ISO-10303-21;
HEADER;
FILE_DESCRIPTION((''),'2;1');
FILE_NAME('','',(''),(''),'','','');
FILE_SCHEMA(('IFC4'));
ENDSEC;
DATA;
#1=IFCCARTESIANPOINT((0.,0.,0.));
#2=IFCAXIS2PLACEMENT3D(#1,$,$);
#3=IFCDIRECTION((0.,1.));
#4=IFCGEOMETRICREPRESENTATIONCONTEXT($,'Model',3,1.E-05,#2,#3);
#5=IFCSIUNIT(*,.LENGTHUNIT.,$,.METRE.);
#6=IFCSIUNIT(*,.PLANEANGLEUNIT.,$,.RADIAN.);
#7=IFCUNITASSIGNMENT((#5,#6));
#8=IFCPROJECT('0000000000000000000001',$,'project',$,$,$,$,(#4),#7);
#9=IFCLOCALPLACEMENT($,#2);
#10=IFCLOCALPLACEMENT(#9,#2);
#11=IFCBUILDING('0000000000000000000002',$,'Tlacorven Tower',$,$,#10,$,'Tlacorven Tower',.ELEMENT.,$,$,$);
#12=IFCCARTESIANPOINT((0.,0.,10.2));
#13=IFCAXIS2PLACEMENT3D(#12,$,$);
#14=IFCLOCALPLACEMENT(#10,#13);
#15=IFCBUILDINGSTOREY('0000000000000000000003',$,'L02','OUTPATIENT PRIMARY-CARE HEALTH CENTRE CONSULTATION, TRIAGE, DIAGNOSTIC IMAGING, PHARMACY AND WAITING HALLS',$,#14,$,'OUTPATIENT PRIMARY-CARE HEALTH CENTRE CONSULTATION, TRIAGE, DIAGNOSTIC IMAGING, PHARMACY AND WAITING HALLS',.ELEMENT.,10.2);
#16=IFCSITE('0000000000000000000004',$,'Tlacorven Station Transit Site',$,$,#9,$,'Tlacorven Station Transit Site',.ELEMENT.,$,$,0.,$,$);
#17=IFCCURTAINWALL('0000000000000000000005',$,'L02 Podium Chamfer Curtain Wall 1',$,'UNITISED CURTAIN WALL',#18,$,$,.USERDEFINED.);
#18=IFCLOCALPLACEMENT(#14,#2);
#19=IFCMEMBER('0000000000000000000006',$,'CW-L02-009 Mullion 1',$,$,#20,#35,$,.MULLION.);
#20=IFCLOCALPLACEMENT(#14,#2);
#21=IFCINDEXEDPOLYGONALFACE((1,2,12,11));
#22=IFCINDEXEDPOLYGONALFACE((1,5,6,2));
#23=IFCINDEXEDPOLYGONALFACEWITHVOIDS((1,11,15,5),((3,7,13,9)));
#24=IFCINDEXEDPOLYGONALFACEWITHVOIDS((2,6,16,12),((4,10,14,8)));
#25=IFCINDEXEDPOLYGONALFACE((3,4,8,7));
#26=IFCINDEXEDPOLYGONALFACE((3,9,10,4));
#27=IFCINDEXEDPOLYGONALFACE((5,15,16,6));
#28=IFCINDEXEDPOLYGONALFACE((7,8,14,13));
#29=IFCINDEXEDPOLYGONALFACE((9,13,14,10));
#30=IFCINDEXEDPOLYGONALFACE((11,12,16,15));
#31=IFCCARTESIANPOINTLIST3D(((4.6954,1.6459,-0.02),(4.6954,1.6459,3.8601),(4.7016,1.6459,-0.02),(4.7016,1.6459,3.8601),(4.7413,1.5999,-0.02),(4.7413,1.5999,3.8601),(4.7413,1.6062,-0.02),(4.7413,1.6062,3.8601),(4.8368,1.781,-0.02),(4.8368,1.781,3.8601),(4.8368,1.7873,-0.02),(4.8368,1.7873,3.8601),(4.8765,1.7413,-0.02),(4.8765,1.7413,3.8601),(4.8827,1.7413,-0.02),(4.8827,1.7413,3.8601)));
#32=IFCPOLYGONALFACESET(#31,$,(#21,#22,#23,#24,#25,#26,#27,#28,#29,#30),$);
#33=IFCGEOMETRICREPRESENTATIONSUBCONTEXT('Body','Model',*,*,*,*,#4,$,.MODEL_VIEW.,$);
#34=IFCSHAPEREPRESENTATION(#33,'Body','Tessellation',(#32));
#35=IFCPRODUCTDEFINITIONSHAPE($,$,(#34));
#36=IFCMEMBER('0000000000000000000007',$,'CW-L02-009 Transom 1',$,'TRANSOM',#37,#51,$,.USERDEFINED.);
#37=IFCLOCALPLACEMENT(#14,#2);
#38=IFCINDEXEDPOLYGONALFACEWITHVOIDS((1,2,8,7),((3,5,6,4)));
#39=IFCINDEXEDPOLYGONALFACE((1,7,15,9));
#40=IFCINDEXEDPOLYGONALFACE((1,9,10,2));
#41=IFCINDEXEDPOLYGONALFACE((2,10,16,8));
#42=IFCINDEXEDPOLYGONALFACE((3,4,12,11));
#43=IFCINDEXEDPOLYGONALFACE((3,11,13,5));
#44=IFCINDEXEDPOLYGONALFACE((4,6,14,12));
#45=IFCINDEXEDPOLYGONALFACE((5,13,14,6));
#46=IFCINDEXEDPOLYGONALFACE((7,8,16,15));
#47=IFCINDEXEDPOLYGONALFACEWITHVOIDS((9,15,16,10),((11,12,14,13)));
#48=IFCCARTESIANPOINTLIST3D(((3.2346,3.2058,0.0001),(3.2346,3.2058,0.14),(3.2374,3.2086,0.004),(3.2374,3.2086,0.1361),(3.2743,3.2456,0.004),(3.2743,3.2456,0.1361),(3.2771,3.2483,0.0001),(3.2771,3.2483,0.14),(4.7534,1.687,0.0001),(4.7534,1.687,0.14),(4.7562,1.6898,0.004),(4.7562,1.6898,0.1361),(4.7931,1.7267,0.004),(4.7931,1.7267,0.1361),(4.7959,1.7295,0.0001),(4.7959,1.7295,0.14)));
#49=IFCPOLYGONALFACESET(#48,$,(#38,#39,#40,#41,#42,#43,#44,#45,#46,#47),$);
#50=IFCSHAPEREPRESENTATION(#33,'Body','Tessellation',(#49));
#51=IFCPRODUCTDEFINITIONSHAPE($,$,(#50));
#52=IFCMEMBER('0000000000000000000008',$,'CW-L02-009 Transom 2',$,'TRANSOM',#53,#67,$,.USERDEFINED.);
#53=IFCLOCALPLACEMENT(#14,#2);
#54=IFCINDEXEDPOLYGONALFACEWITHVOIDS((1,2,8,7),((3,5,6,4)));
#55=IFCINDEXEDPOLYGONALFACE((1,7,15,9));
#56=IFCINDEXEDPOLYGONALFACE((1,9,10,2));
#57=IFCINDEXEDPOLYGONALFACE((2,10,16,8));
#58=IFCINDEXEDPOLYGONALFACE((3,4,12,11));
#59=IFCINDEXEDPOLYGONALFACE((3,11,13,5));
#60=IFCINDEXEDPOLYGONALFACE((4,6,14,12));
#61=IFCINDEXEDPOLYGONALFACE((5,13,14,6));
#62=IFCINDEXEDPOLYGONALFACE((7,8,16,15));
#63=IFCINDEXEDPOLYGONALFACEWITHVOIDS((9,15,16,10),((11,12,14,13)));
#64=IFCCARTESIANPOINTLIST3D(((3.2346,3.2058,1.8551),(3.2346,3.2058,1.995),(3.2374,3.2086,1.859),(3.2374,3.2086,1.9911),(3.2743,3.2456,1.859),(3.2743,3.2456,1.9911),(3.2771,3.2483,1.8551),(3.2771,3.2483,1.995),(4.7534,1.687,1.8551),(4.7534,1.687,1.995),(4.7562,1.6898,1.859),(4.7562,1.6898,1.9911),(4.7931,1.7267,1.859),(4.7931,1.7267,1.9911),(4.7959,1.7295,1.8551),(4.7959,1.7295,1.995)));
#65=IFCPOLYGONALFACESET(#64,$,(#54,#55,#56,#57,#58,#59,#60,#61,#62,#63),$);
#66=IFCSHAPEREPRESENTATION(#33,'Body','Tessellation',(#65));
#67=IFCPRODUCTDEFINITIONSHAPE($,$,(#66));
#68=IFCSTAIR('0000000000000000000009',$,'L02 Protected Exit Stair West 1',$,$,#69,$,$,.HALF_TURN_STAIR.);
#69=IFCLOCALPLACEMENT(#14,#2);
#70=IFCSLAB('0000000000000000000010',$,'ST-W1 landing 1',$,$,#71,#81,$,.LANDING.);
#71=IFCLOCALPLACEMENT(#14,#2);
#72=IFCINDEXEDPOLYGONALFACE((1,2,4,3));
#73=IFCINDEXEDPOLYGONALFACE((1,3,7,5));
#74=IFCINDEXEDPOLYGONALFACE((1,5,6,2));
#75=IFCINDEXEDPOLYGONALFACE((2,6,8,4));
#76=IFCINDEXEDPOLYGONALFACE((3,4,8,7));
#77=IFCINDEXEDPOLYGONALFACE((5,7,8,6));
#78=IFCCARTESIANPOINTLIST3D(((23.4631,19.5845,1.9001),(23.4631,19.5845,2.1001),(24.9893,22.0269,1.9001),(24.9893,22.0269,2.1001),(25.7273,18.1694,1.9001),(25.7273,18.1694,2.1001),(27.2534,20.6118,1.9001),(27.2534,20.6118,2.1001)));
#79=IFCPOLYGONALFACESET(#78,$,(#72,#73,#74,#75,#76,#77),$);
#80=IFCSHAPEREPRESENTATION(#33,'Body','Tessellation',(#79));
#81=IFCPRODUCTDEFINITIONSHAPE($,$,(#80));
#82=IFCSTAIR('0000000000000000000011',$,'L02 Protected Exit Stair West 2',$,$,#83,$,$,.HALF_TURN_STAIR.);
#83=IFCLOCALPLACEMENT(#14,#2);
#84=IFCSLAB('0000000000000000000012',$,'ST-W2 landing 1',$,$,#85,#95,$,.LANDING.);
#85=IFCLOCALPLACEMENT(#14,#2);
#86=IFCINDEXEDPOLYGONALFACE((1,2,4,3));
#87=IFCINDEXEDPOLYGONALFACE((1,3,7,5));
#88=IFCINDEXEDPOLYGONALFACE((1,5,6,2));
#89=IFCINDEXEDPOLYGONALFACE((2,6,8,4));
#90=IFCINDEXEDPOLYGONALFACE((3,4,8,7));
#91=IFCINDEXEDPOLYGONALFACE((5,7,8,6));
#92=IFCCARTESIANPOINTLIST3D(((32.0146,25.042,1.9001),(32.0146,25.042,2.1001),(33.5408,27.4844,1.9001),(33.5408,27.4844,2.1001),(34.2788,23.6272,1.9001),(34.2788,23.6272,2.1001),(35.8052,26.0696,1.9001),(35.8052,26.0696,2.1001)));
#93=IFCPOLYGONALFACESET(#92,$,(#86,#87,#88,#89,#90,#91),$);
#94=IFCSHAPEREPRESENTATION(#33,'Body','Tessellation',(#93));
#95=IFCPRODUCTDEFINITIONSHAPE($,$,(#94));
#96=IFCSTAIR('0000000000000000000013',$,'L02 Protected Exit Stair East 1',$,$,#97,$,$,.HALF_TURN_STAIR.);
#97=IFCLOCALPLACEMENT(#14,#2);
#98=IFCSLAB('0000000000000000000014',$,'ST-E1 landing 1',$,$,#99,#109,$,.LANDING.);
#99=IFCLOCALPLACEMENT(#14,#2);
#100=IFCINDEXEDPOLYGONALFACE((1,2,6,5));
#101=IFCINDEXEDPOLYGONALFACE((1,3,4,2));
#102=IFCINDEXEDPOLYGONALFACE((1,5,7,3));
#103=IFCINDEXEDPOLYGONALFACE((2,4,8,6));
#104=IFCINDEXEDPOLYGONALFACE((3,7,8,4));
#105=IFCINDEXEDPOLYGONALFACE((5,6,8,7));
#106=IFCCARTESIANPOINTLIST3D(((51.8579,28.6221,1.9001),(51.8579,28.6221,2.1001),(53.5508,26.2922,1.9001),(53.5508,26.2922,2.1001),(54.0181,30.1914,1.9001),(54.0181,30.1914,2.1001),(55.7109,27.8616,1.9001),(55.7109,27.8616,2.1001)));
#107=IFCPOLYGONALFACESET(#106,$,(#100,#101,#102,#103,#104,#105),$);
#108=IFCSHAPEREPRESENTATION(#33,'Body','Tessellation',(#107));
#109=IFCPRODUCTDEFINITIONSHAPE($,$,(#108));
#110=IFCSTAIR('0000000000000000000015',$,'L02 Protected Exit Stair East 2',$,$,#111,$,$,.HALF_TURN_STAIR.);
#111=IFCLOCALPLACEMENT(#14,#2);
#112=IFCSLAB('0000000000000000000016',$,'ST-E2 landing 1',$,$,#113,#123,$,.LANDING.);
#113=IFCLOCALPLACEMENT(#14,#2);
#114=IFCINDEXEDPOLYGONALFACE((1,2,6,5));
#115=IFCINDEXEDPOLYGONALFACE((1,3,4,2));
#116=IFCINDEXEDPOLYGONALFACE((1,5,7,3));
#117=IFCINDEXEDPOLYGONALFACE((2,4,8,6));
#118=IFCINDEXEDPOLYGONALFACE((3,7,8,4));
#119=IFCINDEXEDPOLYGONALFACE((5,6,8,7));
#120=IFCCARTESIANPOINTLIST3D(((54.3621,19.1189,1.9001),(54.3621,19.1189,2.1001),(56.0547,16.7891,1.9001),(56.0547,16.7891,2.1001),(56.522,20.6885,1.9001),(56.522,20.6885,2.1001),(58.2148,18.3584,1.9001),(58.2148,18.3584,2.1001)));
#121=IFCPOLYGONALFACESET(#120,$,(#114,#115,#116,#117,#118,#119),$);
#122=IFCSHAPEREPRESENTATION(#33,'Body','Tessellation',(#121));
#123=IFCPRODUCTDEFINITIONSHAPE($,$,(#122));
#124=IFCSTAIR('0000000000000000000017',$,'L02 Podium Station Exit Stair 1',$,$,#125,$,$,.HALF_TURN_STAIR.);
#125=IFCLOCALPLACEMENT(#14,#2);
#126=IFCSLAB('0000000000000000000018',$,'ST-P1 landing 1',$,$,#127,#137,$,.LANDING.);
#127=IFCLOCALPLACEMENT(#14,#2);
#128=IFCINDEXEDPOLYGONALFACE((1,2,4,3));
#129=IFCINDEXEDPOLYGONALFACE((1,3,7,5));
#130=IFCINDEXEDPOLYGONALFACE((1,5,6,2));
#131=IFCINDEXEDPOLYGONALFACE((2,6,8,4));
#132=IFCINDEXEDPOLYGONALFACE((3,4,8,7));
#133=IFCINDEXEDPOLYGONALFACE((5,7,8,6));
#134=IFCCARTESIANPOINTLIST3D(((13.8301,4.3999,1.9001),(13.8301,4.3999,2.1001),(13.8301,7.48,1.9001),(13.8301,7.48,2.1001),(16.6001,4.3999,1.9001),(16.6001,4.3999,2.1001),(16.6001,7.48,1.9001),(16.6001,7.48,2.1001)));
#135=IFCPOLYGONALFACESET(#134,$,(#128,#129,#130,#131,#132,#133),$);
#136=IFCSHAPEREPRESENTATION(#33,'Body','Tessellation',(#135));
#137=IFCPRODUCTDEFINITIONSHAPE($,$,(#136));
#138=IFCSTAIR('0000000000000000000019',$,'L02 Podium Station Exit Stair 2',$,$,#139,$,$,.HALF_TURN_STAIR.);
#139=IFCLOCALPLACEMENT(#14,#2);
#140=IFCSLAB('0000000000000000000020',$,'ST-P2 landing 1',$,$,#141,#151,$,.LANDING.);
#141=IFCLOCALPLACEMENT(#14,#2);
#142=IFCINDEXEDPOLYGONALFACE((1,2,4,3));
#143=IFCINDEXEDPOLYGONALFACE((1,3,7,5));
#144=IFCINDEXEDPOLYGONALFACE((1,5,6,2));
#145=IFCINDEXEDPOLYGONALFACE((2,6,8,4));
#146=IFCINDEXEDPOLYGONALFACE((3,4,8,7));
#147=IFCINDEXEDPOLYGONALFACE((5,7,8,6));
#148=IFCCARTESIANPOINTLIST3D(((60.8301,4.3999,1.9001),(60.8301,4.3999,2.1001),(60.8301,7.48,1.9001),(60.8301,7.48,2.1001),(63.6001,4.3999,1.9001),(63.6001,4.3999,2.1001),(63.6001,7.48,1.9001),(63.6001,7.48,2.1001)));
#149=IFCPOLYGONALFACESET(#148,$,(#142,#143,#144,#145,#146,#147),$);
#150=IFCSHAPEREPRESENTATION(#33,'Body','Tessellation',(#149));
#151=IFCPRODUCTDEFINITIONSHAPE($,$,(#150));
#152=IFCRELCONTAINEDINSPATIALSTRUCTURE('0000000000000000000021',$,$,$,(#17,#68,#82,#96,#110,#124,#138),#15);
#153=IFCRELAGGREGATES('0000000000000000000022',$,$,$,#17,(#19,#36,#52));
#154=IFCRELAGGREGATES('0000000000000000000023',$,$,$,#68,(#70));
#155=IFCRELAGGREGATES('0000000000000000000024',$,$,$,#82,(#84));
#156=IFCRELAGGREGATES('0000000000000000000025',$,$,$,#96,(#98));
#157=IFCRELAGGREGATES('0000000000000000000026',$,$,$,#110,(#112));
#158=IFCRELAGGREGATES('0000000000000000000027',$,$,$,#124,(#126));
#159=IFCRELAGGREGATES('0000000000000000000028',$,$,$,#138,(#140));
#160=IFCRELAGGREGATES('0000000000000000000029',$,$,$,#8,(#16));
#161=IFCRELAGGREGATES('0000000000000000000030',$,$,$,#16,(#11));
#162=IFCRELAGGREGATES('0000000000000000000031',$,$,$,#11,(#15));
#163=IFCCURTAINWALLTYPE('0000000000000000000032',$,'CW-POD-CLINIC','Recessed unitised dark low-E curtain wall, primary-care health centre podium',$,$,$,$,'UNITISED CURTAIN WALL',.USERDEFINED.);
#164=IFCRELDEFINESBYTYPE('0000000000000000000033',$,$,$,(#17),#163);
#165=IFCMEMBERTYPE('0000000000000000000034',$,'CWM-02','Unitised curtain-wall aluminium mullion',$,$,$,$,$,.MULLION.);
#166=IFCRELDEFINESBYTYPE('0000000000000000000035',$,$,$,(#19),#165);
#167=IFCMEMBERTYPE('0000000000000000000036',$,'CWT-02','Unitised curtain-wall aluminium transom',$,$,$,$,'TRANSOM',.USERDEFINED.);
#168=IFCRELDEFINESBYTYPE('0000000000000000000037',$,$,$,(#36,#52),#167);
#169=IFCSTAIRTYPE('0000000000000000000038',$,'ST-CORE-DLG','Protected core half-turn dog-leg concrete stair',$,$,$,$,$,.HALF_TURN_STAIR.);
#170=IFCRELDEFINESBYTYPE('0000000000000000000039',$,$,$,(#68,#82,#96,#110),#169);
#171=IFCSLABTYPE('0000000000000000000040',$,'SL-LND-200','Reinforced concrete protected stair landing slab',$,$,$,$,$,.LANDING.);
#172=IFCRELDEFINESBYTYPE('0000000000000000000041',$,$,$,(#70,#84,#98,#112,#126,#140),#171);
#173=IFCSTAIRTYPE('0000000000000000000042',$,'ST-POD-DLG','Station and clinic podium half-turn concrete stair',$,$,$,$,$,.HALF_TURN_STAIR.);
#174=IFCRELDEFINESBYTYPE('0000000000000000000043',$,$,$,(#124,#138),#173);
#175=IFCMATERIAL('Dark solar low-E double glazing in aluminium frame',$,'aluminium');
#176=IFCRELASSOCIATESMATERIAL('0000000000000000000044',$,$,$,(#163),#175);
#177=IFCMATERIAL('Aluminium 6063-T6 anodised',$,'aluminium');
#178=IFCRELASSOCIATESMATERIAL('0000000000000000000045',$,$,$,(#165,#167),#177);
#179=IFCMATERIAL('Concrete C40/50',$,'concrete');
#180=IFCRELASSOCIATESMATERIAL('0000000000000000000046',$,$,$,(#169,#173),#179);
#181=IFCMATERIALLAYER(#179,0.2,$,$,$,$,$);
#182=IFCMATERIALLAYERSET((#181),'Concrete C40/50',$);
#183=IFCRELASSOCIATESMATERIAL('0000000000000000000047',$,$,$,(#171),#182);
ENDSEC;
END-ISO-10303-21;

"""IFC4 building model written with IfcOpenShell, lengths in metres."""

from ifc_helpers import new_model, si_unit, direction, frame, origin, origin_2d, place, context, subcontext, project, spatial, polyline, hollow_rectangle, outline, extrude, source, transform, mapped, material, layer, layer_set, material_profile, profile_set, type_object, element, aggregate, save


model = new_model("IFC4")

# Units and contexts
model_context = context("Model", 3, precision=1e-05, world=origin(), true_north=direction((0.0, 1.0)))
body_context = subcontext(model_context, "Body", "Model", "MODEL_VIEW")
ifc_project = project(units=[si_unit("LENGTHUNIT", "METRE"), si_unit("PLANEANGLEUNIT", "RADIAN")], contexts=[model_context])

# Site, building, storey
site_placement = place(None, origin())
site = spatial("IfcSite", under=ifc_project, at=site_placement, Name="Tlacorven Station Transit Site", LongName="Tlacorven Station Transit Site", CompositionType="ELEMENT", RefElevation=0.0)
building_placement = place(site_placement, origin())
building = spatial("IfcBuilding", under=site, at=building_placement, Name="Tlacorven Tower", LongName="Tlacorven Tower", CompositionType="ELEMENT")
storey_placement = place(building_placement, frame((0.0, 0.0, 10.2)))
storey = spatial("IfcBuildingStorey", under=building, at=storey_placement, Name="L02", Description="OUTPATIENT PRIMARY-CARE HEALTH CENTRE CONSULTATION, TRIAGE, DIAGNOSTIC IMAGING, PHARMACY AND WAITING HALLS", LongName="OUTPATIENT PRIMARY-CARE HEALTH CENTRE CONSULTATION, TRIAGE, DIAGNOSTIC IMAGING, PHARMACY AND WAITING HALLS", CompositionType="ELEMENT", Elevation=10.2)

# Curtain wall, members
ifc_material_1 = material(Name="Dark solar low-E double glazing in aluminium frame", Category="aluminium")
curtain_wall_type = type_object("IfcCurtainWallType", Name="CW-POD-CLINIC", Description="Recessed unitised dark low-E curtain wall, primary-care health centre podium", ElementType="UNITISED CURTAIN WALL", PredefinedType="USERDEFINED", material=ifc_material_1)
curtain_wall_placement = place(storey_placement, origin())
curtain_wall = element("IfcCurtainWall", 1, at=curtain_wall_placement, inside=storey, type_object=curtain_wall_type, Name="L02 Podium Chamfer Curtain Wall 1", ObjectType="UNITISED CURTAIN WALL", PredefinedType="USERDEFINED")
ifc_material_2 = material(Name="Aluminium 6063-T6 anodised", Category="aluminium")
ifc_material_profile_1 = material_profile(ifc_material_2, hollow_rectangle(XDim=0.0649, YDim=0.2, WallThickness=0.0044, at=origin_2d()), Name="ALU MULLION 65X200")
ifc_profile_set_1 = profile_set([ifc_material_profile_1], Name="Aluminium 6063-T6 anodised")
member_type_1 = type_object("IfcMemberType", Name="CWM-02", Description="Unitised curtain-wall aluminium mullion", PredefinedType="MULLION", material=ifc_profile_set_1)
shared_shape_1 = source(origin(), body_context, "Body", "SweptSolid", [
    extrude(hollow_rectangle(XDim=0.0649, YDim=0.2, WallThickness=0.0044, at=origin_2d()), origin(), (0.0, 0.0, 1.0), 3.8801),
])
member_1_placement = place(storey_placement, frame((4.7891, 1.6936, -0.02), z_axis=(0.0, 0.0, 1.0), x_axis=(-0.707107, 0.707107, 0.0)))
member_1 = element("IfcMember", 2, at=member_1_placement, type_object=member_type_1, Name="CW-L02-009 Mullion 1", PredefinedType="MULLION", context=body_context, shape_type="MappedRepresentation", body=[
    mapped(shared_shape_1, transform((0.0, 0.0, 0.0), scale=1.0)),
])
ifc_material_profile_2 = material_profile(ifc_material_2, hollow_rectangle(XDim=0.0601, YDim=0.1399, WallThickness=0.0039, at=origin_2d()), Name="ALU TRANSOM 60X140")
ifc_profile_set_2 = profile_set([ifc_material_profile_2], Name="Aluminium 6063-T6 anodised")
member_type_2 = type_object("IfcMemberType", Name="CWT-02", Description="Unitised curtain-wall aluminium transom", ElementType="TRANSOM", PredefinedType="USERDEFINED", material=ifc_profile_set_2)
shared_shape_2 = source(origin(), body_context, "Body", "SweptSolid", [
    extrude(hollow_rectangle(XDim=0.0601, YDim=0.1399, WallThickness=0.0039, at=origin_2d()), origin(), (0.0, 0.0, 1.0), 2.1479),
])
member_2_placement = place(storey_placement, frame((4.7747, 1.7083, 0.0701), z_axis=(-0.707107, 0.707107, 0.0), x_axis=(-0.707107, -0.707107, 0.0)))
member_2 = element("IfcMember", 3, at=member_2_placement, type_object=member_type_2, Name="CW-L02-009 Transom 1", ObjectType="TRANSOM", PredefinedType="USERDEFINED", context=body_context, shape_type="MappedRepresentation", body=[
    mapped(shared_shape_2, transform((0.0, 0.0, 0.0), scale=1.0)),
])
member_3_placement = place(storey_placement, frame((4.7747, 1.7083, 1.925), z_axis=(-0.707107, 0.707107, 0.0), x_axis=(-0.707107, -0.707107, 0.0)))
member_3 = element("IfcMember", 4, at=member_3_placement, type_object=member_type_2, Name="CW-L02-009 Transom 2", ObjectType="TRANSOM", PredefinedType="USERDEFINED", context=body_context, shape_type="MappedRepresentation", body=[
    mapped(shared_shape_2, transform((0.0, 0.0, 0.0), scale=1.0)),
])
aggregate(curtain_wall, [member_1, member_2, member_3])

# Stairs, slabs
ifc_material_3 = material(Name="Concrete C40/50", Category="concrete")
stair_type_1 = type_object("IfcStairType", Name="ST-CORE-DLG", Description="Protected core half-turn dog-leg concrete stair", PredefinedType="HALF_TURN_STAIR", material=ifc_material_3)
stair_1_placement = place(storey_placement, origin())
stair_1 = element("IfcStair", 5, at=stair_1_placement, inside=storey, type_object=stair_type_1, Name="L02 Protected Exit Stair West 1", PredefinedType="HALF_TURN_STAIR")
ifc_layer_1 = layer(ifc_material_3, 0.2)
ifc_layer_set_1 = layer_set([ifc_layer_1], Name="Concrete C40/50")
slab_type_1 = type_object("IfcSlabType", Name="SL-LND-200", Description="Reinforced concrete protected stair landing slab", PredefinedType="LANDING", material=ifc_layer_set_1)
slab_1_placement = place(storey_placement, frame((0.0, 0.0, 1.9001)))
slab_1 = element("IfcSlab", 6, at=slab_1_placement, type_object=slab_type_1, Name="ST-W1 landing 1", PredefinedType="LANDING", context=body_context, shape_type="SweptSolid", body=[
    extrude(outline(polyline([(27.2534, 20.6118), (24.9893, 22.0269), (23.4631, 19.5845), (25.7273, 18.1694), (27.2534, 20.6118)])), origin(), (0.0, 0.0, 1.0), 0.2),
])
aggregate(stair_1, [slab_1])
stair_2_placement = place(storey_placement, origin())
stair_2 = element("IfcStair", 7, at=stair_2_placement, inside=storey, type_object=stair_type_1, Name="L02 Protected Exit Stair West 2", PredefinedType="HALF_TURN_STAIR")
slab_2_placement = place(storey_placement, frame((0.0, 0.0, 1.9001)))
slab_2 = element("IfcSlab", 8, at=slab_2_placement, type_object=slab_type_1, Name="ST-W2 landing 1", PredefinedType="LANDING", context=body_context, shape_type="SweptSolid", body=[
    extrude(outline(polyline([(35.8052, 26.0696), (33.5408, 27.4844), (32.0146, 25.042), (34.2788, 23.6272), (35.8052, 26.0696)])), origin(), (0.0, 0.0, 1.0), 0.2),
])
aggregate(stair_2, [slab_2])
stair_3_placement = place(storey_placement, origin())
stair_3 = element("IfcStair", 9, at=stair_3_placement, inside=storey, type_object=stair_type_1, Name="L02 Protected Exit Stair East 1", PredefinedType="HALF_TURN_STAIR")
slab_3_placement = place(storey_placement, frame((0.0, 0.0, 1.9001)))
slab_3 = element("IfcSlab", 10, at=slab_3_placement, type_object=slab_type_1, Name="ST-E1 landing 1", PredefinedType="LANDING", context=body_context, shape_type="SweptSolid", body=[
    extrude(outline(polyline([(53.5508, 26.2922), (55.7109, 27.8616), (54.0181, 30.1914), (51.8579, 28.6221), (53.5508, 26.2922)])), origin(), (0.0, 0.0, 1.0), 0.2),
])
aggregate(stair_3, [slab_3])
stair_4_placement = place(storey_placement, origin())
stair_4 = element("IfcStair", 11, at=stair_4_placement, inside=storey, type_object=stair_type_1, Name="L02 Protected Exit Stair East 2", PredefinedType="HALF_TURN_STAIR")
slab_4_placement = place(storey_placement, frame((0.0, 0.0, 1.9001)))
slab_4 = element("IfcSlab", 12, at=slab_4_placement, type_object=slab_type_1, Name="ST-E2 landing 1", PredefinedType="LANDING", context=body_context, shape_type="SweptSolid", body=[
    extrude(outline(polyline([(56.0547, 16.7891), (58.2148, 18.3584), (56.522, 20.6885), (54.3621, 19.1189), (56.0547, 16.7891)])), origin(), (0.0, 0.0, 1.0), 0.2),
])
aggregate(stair_4, [slab_4])
stair_type_2 = type_object("IfcStairType", Name="ST-POD-DLG", Description="Station and clinic podium half-turn concrete stair", PredefinedType="HALF_TURN_STAIR", material=ifc_material_3)
stair_5_placement = place(storey_placement, origin())
stair_5 = element("IfcStair", 13, at=stair_5_placement, inside=storey, type_object=stair_type_2, Name="L02 Podium Station Exit Stair 1", PredefinedType="HALF_TURN_STAIR")
slab_5_placement = place(storey_placement, frame((0.0, 0.0, 1.9001)))
slab_5 = element("IfcSlab", 14, at=slab_5_placement, type_object=slab_type_1, Name="ST-P1 landing 1", PredefinedType="LANDING", context=body_context, shape_type="SweptSolid", body=[
    extrude(outline(polyline([(13.8301, 4.3999), (16.6001, 4.3999), (16.6001, 7.48), (13.8301, 7.48), (13.8301, 4.3999)])), origin(), (0.0, 0.0, 1.0), 0.2),
])
aggregate(stair_5, [slab_5])
stair_6_placement = place(storey_placement, origin())
stair_6 = element("IfcStair", 15, at=stair_6_placement, inside=storey, type_object=stair_type_2, Name="L02 Podium Station Exit Stair 2", PredefinedType="HALF_TURN_STAIR")
slab_6_placement = place(storey_placement, frame((0.0, 0.0, 1.9001)))
slab_6 = element("IfcSlab", 16, at=slab_6_placement, type_object=slab_type_1, Name="ST-P2 landing 1", PredefinedType="LANDING", context=body_context, shape_type="SweptSolid", body=[
    extrude(outline(polyline([(60.8301, 4.3999), (63.6001, 4.3999), (63.6001, 7.48), (60.8301, 7.48), (60.8301, 4.3999)])), origin(), (0.0, 0.0, 1.0), 0.2),
])
aggregate(stair_6, [slab_6])

save(model, "model.ifc")
